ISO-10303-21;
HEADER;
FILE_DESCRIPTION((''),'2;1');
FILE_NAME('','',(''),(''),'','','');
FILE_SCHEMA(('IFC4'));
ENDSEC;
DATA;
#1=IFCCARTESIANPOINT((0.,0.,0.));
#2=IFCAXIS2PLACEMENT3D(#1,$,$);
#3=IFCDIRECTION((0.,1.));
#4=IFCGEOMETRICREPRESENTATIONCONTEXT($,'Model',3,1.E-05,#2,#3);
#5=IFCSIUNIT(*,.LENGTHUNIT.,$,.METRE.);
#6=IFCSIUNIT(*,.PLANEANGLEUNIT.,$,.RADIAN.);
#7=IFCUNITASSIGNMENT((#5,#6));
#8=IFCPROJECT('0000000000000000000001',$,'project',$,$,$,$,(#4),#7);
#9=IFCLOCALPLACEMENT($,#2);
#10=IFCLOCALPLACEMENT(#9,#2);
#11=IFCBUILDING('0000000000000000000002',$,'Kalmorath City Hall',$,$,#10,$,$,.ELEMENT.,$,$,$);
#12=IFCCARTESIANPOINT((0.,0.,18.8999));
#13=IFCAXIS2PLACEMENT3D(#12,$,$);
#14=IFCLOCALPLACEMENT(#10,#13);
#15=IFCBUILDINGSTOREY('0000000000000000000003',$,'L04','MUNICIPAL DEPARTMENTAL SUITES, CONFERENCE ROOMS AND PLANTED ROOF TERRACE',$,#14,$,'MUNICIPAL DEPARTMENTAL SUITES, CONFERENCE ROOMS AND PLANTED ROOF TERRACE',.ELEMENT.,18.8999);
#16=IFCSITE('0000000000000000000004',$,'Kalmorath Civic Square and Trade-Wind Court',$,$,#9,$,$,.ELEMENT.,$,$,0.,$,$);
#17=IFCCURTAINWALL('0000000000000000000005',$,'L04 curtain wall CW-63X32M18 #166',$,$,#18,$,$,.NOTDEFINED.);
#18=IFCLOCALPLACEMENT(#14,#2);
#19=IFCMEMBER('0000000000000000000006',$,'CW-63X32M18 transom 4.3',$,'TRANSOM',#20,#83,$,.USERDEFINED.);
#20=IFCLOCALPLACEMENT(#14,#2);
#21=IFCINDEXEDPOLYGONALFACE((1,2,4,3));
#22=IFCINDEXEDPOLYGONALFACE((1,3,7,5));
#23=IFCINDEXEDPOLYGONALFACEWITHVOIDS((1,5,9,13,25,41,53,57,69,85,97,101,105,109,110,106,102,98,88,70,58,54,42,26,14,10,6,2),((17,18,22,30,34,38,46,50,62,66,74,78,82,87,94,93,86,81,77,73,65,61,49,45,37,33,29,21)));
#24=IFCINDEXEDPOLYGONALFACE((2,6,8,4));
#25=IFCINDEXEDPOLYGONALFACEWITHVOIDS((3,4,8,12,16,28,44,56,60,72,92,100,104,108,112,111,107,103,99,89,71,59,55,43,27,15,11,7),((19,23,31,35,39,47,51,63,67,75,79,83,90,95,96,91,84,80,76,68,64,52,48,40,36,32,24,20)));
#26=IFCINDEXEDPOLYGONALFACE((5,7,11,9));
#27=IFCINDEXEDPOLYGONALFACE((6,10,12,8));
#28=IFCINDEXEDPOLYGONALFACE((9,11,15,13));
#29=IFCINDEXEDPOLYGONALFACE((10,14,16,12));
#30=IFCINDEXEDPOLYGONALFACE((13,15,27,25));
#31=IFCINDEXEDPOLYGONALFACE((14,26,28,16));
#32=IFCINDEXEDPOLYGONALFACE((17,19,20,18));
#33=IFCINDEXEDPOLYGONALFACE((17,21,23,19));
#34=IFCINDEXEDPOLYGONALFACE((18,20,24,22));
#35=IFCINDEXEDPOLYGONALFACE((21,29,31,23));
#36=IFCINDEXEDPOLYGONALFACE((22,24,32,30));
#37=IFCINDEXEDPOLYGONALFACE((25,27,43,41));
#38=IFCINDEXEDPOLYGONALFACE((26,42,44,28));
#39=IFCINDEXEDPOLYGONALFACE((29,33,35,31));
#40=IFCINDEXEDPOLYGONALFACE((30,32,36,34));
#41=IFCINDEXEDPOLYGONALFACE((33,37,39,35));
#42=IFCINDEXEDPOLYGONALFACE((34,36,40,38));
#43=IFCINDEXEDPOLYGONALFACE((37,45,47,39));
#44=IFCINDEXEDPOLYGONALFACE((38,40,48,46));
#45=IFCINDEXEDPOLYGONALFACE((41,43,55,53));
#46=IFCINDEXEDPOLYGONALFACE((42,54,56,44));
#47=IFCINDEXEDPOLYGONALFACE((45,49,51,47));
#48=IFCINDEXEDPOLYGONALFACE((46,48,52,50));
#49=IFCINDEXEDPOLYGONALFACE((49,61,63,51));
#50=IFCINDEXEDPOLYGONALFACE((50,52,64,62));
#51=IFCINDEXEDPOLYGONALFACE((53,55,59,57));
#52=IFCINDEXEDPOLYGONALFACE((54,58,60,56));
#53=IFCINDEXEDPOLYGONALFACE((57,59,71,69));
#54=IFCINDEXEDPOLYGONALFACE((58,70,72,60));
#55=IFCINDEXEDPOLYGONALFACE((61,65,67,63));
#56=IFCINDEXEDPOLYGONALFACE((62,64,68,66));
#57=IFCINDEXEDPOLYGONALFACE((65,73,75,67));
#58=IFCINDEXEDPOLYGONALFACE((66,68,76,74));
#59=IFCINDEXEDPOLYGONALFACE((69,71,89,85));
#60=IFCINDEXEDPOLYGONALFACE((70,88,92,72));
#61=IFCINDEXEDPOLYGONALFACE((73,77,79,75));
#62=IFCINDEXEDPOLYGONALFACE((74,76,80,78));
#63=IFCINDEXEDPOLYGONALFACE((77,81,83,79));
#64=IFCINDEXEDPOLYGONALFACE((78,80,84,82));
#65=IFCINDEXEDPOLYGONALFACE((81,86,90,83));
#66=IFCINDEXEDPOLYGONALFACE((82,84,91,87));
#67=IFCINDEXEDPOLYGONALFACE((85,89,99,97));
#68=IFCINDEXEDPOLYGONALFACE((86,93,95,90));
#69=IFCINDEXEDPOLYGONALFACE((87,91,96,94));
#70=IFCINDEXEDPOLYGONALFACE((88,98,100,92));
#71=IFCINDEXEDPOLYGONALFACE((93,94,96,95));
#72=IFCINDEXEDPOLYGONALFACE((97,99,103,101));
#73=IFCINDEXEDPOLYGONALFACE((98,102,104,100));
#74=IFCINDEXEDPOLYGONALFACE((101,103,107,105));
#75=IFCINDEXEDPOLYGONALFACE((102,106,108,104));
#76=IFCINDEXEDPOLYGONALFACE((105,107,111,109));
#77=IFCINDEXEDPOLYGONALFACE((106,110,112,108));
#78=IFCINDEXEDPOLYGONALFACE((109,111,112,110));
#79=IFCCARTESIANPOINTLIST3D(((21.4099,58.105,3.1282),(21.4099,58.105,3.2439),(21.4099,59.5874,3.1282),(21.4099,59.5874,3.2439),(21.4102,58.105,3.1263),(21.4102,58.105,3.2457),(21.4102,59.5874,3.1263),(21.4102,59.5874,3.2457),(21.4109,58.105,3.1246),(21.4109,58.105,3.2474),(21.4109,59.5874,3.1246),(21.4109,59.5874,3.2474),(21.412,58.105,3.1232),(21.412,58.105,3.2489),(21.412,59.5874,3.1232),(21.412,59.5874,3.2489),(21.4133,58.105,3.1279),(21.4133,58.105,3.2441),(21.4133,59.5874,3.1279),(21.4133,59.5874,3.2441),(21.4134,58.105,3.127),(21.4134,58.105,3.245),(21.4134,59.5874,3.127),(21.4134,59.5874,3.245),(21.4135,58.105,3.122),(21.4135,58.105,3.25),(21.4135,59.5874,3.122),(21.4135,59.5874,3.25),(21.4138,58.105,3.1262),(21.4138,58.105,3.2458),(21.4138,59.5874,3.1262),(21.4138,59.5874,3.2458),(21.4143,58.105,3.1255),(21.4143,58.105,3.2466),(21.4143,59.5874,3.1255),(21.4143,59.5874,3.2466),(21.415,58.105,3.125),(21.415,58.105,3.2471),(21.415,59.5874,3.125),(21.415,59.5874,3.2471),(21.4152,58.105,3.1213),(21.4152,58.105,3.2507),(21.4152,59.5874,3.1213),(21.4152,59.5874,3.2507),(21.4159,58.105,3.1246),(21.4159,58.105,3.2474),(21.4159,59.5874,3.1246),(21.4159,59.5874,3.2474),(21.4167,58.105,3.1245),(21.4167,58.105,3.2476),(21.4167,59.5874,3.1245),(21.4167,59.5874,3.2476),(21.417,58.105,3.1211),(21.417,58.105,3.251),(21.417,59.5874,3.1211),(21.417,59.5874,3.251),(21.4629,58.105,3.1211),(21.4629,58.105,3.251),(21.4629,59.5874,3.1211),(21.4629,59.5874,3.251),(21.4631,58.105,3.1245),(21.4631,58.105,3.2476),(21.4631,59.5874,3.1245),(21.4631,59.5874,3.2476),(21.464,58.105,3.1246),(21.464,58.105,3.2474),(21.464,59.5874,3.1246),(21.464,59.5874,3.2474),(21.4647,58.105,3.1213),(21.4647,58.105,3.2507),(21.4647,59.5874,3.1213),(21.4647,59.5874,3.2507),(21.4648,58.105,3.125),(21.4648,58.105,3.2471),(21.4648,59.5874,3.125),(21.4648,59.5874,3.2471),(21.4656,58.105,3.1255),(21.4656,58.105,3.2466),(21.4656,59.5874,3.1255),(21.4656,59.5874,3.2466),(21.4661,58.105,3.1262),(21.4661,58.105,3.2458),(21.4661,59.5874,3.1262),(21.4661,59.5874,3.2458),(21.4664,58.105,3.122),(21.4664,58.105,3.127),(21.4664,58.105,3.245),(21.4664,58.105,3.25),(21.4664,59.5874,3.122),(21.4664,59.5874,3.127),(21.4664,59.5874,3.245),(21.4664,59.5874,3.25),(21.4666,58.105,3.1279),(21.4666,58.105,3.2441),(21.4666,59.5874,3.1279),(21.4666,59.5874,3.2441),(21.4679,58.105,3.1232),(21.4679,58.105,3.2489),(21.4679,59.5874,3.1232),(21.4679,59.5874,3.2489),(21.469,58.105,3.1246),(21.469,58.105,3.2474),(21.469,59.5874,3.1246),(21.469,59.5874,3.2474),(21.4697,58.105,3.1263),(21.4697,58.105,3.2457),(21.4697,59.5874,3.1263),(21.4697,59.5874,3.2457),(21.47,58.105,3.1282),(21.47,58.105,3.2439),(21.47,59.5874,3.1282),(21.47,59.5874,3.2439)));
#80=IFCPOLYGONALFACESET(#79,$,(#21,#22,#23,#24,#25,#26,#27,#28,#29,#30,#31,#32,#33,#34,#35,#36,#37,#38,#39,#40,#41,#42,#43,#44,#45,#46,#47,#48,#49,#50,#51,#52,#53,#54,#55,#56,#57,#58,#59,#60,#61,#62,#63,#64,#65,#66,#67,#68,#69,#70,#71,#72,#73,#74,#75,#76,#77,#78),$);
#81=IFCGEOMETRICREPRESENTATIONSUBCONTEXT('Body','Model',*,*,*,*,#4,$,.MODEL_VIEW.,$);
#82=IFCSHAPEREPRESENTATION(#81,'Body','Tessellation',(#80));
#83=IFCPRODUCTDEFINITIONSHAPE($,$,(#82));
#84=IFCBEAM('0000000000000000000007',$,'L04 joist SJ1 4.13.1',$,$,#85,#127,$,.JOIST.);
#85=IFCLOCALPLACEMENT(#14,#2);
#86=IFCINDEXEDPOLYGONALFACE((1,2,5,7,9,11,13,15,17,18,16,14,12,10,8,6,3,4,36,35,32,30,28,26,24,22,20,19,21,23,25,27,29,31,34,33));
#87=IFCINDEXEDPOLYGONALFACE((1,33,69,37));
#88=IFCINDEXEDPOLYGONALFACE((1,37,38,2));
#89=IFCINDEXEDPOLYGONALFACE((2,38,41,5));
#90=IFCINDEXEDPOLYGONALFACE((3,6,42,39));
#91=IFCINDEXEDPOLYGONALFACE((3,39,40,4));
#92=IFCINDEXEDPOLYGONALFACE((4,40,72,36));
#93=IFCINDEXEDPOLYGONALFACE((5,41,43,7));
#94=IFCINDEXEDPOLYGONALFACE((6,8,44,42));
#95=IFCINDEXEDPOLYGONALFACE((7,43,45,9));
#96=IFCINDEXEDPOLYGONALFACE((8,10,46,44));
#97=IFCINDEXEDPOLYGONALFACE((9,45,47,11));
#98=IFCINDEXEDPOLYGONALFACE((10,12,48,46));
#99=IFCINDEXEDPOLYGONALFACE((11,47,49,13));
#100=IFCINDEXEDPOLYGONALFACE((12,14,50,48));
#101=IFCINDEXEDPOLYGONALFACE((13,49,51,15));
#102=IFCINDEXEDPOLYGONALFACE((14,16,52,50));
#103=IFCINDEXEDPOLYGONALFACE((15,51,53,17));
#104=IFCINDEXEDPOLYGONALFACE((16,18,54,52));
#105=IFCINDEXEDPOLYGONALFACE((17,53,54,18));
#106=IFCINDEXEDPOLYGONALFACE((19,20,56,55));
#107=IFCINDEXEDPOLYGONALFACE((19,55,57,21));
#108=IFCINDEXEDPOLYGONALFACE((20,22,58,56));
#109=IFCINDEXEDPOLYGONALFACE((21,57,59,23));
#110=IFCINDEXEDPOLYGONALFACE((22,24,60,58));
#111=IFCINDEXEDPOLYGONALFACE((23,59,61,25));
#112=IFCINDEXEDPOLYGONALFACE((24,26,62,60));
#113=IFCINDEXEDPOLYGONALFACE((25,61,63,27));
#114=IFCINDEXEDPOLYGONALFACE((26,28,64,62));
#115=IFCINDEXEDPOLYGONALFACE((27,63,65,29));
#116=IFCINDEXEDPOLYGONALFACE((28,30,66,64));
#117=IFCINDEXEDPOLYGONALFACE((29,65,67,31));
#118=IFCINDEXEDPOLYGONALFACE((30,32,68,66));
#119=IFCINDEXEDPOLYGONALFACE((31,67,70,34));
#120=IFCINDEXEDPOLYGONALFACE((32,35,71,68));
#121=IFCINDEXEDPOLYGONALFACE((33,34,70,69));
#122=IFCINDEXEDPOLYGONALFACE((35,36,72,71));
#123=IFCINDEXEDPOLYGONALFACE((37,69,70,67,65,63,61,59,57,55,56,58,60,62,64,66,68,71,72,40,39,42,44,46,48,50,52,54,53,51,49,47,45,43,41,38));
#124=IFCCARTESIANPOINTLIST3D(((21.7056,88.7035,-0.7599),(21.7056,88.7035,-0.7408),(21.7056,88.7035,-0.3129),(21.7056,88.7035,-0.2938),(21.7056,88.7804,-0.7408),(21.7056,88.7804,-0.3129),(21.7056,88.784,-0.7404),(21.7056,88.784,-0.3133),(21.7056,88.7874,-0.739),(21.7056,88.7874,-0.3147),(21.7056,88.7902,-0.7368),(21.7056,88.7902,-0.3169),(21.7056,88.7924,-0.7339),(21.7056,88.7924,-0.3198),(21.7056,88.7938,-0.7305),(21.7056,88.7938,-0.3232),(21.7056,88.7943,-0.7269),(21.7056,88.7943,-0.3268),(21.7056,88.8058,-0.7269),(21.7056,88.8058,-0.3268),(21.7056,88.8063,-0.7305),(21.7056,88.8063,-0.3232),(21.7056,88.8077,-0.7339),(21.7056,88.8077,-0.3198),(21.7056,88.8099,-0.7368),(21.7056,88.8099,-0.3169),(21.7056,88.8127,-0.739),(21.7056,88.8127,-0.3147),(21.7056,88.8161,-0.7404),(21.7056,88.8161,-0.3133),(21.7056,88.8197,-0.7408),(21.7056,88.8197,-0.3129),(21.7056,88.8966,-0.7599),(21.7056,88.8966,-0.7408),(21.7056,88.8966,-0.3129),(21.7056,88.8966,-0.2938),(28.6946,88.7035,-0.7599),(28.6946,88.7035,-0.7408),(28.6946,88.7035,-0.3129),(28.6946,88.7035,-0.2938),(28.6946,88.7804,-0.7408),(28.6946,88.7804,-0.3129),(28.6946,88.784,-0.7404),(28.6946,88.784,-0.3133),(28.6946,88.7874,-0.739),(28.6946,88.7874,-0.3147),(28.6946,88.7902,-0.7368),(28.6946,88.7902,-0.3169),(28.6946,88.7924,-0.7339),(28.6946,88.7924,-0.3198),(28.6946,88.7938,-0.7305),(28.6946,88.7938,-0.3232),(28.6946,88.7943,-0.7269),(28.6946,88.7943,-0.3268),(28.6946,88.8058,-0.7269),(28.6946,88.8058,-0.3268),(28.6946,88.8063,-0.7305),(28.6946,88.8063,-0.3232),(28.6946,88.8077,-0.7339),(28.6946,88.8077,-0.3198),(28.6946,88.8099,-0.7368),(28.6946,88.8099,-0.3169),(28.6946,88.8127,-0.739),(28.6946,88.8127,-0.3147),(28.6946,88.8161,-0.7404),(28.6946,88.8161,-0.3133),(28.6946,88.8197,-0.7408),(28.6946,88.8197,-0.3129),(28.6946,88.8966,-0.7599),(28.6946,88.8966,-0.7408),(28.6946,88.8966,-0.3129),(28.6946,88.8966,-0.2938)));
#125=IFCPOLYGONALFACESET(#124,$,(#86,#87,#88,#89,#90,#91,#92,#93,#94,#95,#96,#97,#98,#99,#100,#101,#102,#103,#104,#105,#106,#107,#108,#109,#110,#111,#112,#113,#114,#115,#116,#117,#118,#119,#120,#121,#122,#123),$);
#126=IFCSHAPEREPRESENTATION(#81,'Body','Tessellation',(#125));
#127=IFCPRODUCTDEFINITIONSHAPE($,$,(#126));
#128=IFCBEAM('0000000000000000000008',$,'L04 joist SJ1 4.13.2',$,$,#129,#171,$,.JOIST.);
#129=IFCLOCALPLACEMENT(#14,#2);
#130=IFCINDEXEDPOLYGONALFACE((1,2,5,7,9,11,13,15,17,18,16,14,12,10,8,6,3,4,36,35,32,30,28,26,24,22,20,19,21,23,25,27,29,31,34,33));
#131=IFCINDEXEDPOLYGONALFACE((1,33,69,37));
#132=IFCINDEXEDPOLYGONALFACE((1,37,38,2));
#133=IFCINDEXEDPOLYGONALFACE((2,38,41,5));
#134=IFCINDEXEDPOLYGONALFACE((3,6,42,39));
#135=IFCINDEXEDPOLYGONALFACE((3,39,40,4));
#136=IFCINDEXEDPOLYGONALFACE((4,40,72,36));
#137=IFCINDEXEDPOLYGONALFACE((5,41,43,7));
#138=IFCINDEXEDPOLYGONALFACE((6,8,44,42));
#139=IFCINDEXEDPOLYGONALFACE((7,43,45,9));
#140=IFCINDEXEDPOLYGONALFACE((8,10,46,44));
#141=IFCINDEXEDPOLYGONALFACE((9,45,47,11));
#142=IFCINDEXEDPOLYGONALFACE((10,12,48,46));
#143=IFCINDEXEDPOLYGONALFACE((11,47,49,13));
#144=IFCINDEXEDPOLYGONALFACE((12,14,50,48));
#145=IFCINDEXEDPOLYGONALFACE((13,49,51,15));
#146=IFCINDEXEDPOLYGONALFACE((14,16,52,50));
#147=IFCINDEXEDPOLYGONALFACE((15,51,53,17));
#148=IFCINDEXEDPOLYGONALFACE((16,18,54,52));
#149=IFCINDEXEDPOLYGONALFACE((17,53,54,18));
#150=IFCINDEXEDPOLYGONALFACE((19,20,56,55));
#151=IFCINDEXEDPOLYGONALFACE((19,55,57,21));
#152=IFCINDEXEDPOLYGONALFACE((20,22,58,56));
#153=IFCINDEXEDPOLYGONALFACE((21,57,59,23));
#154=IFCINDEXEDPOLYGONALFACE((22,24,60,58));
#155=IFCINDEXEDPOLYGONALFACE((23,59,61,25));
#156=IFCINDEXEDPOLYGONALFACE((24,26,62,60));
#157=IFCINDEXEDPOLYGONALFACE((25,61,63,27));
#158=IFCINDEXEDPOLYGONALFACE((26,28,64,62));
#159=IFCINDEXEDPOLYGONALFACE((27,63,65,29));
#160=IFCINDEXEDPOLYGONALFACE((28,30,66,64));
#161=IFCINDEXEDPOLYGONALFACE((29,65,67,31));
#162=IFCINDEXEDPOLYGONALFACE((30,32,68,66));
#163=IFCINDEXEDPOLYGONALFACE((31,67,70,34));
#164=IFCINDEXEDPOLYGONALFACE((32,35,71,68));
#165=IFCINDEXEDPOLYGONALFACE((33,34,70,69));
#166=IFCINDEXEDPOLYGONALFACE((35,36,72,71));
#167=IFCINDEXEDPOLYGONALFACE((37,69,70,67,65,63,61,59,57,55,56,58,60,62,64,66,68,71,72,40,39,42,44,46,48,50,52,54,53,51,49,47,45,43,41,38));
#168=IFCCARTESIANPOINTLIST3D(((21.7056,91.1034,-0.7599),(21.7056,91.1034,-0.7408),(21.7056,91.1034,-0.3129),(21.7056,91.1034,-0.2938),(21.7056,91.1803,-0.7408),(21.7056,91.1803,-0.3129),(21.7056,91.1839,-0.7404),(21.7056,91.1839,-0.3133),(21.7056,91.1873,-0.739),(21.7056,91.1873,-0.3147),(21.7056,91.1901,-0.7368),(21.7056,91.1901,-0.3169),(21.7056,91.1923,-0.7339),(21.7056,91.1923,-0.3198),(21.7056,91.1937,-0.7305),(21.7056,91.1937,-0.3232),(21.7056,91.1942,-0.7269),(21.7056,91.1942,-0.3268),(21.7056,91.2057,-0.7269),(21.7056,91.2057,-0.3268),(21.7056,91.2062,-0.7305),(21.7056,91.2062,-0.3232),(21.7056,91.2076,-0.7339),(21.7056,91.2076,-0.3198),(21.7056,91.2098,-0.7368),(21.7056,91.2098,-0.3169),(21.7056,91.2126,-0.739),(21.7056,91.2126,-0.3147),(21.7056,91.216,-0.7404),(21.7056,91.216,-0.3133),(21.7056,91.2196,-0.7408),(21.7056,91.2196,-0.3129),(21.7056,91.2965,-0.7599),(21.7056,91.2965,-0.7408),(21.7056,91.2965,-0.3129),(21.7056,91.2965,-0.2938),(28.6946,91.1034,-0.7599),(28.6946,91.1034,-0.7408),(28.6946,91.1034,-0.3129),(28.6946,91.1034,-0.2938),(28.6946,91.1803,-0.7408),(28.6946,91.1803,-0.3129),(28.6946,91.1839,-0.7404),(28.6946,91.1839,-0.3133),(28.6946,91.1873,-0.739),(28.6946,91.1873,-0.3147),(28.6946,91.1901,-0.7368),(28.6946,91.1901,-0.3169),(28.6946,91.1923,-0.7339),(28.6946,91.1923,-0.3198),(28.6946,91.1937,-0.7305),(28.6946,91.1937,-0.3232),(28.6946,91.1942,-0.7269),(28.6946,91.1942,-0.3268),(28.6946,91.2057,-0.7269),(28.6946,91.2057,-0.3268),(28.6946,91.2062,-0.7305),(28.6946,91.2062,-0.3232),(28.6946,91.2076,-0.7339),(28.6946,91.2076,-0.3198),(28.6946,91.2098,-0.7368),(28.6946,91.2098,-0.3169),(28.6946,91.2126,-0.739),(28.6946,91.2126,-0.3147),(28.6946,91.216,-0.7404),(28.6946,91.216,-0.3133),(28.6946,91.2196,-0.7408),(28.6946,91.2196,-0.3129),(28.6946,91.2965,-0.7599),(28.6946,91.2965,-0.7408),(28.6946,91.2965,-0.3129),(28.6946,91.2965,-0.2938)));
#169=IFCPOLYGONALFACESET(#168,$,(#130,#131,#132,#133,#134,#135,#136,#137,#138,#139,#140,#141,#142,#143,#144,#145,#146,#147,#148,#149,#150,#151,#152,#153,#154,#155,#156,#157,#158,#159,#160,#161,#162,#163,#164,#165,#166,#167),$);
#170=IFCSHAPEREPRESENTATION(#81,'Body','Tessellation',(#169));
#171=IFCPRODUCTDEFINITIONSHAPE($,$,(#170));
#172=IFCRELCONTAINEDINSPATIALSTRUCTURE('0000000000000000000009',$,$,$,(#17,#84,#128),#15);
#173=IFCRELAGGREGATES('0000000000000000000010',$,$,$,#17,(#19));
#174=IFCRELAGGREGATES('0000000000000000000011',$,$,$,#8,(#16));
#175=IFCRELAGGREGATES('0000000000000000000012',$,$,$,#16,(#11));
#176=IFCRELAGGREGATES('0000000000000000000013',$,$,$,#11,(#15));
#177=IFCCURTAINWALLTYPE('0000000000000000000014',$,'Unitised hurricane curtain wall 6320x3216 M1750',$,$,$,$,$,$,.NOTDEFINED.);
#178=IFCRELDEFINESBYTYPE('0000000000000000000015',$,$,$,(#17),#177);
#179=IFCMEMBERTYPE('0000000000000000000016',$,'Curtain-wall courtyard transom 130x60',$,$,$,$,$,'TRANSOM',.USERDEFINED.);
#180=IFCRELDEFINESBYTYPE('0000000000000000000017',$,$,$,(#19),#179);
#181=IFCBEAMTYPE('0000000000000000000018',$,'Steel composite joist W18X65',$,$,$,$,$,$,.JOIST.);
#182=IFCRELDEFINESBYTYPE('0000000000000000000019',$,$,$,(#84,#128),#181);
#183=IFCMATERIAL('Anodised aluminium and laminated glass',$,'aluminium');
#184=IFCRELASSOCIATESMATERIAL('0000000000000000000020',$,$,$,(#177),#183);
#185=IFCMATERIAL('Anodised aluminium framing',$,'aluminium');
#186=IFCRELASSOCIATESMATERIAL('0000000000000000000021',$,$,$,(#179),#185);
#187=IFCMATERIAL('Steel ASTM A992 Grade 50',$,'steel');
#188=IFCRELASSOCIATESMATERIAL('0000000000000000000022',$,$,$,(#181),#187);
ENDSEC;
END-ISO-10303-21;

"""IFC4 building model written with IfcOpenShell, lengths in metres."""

from ifc_helpers import new_model, si_unit, direction, frame, origin, origin_2d, place, context, subcontext, project, spatial, hollow_rectangle, i_section, extrude, material, material_profile, profile_set, type_object, element, aggregate, save


model = new_model("IFC4")

# Units and contexts
model_context = context("Model", 3, precision=1e-05, world=origin(), true_north=direction((0.0, 1.0)))
body_context = subcontext(model_context, "Body", "Model", "MODEL_VIEW")
ifc_project = project(units=[si_unit("LENGTHUNIT", "METRE"), si_unit("PLANEANGLEUNIT", "RADIAN")], contexts=[model_context])

# Site, building, storey
site_placement = place(None, origin())
site = spatial("IfcSite", under=ifc_project, at=site_placement, Name="Kalmorath Civic Square and Trade-Wind Court", CompositionType="ELEMENT", RefElevation=0.0)
building_placement = place(site_placement, origin())
building = spatial("IfcBuilding", under=site, at=building_placement, Name="Kalmorath City Hall", CompositionType="ELEMENT")
storey_placement = place(building_placement, frame((0.0, 0.0, 18.8999)))
storey = spatial("IfcBuildingStorey", under=building, at=storey_placement, Name="L04", Description="MUNICIPAL DEPARTMENTAL SUITES, CONFERENCE ROOMS AND PLANTED ROOF TERRACE", LongName="MUNICIPAL DEPARTMENTAL SUITES, CONFERENCE ROOMS AND PLANTED ROOF TERRACE", CompositionType="ELEMENT", Elevation=18.8999)

# Curtain wall, member
ifc_material_1 = material(Name="Anodised aluminium and laminated glass", Category="aluminium")
curtain_wall_type = type_object("IfcCurtainWallType", Name="Unitised hurricane curtain wall 6320x3216 M1750", PredefinedType="NOTDEFINED", material=ifc_material_1)
curtain_wall_placement = place(storey_placement, origin())
curtain_wall = element("IfcCurtainWall", 1, at=curtain_wall_placement, inside=storey, type_object=curtain_wall_type, Name="L04 curtain wall CW-63X32M18 #166", PredefinedType="NOTDEFINED")
ifc_material_2 = material(Name="Anodised aluminium framing", Category="aluminium")
ifc_material_profile_1 = material_profile(ifc_material_2, hollow_rectangle(XDim=0.0601, YDim=0.1299, WallThickness=0.0034, InnerFilletRadius=0.0034, OuterFilletRadius=0.0071, at=origin_2d()), Name="ALU-TRN-130X60X3.5")
ifc_profile_set_1 = profile_set([ifc_material_profile_1], Name="Anodised aluminium framing")
member_type = type_object("IfcMemberType", Name="Curtain-wall courtyard transom 130x60", ElementType="TRANSOM", PredefinedType="USERDEFINED", material=ifc_profile_set_1)
member_1_placement = place(storey_placement, frame((21.4399, 59.5874, 3.186), z_axis=(0.0, -1.0, 0.0), x_axis=(1.0, 0.0, 0.0)))
member_1 = element("IfcMember", 2, at=member_1_placement, type_object=member_type, Name="CW-63X32M18 transom 4.3", ObjectType="TRANSOM", PredefinedType="USERDEFINED", context=body_context, shape_type="SweptSolid", body=[
    extrude(hollow_rectangle(XDim=0.0601, YDim=0.1299, WallThickness=0.0034, InnerFilletRadius=0.0034, OuterFilletRadius=0.0071, at=origin_2d()), origin(), (0.0, 0.0, 1.0), 1.4824),
])

# Beams
ifc_material_3 = material(Name="Steel ASTM A992 Grade 50", Category="steel")
ifc_material_profile_2 = material_profile(ifc_material_3, i_section(OverallWidth=0.1931, OverallDepth=0.4661, WebThickness=0.0115, FlangeThickness=0.019, FilletRadius=0.0139, at=origin_2d()), Name="W18X65")
ifc_profile_set_2 = profile_set([ifc_material_profile_2], Name="Steel ASTM A992 Grade 50")
beam_type_1 = type_object("IfcBeamType", Name="Steel composite joist W18X65", PredefinedType="JOIST", material=ifc_profile_set_2)
for number, where, z_axis, x_axis, name in (
    (3, (21.7056, 88.8, -0.5269), (1.0, 0.0, 0.0), (0.0, 1.0, 0.0), "L04 joist SJ1 4.13.1"),
    (4, (21.7056, 91.2, -0.5269), (1.0, 0.0, 0.0), (0.0, 1.0, 0.0), "L04 joist SJ1 4.13.2"),
):
    element("IfcBeam", number, at=place(storey_placement, frame(where, z_axis=z_axis, x_axis=x_axis)), inside=storey, type_object=beam_type_1, Name=name, PredefinedType="JOIST", context=body_context, shape_type="SweptSolid", body=[
        extrude(i_section(OverallWidth=0.1931, OverallDepth=0.4661, WebThickness=0.0115, FlangeThickness=0.019, FilletRadius=0.0139, at=origin_2d()), origin(), (0.0, 0.0, 1.0), 6.989),
    ])

aggregate(curtain_wall, [member_1])

save(model, "model.ifc")
